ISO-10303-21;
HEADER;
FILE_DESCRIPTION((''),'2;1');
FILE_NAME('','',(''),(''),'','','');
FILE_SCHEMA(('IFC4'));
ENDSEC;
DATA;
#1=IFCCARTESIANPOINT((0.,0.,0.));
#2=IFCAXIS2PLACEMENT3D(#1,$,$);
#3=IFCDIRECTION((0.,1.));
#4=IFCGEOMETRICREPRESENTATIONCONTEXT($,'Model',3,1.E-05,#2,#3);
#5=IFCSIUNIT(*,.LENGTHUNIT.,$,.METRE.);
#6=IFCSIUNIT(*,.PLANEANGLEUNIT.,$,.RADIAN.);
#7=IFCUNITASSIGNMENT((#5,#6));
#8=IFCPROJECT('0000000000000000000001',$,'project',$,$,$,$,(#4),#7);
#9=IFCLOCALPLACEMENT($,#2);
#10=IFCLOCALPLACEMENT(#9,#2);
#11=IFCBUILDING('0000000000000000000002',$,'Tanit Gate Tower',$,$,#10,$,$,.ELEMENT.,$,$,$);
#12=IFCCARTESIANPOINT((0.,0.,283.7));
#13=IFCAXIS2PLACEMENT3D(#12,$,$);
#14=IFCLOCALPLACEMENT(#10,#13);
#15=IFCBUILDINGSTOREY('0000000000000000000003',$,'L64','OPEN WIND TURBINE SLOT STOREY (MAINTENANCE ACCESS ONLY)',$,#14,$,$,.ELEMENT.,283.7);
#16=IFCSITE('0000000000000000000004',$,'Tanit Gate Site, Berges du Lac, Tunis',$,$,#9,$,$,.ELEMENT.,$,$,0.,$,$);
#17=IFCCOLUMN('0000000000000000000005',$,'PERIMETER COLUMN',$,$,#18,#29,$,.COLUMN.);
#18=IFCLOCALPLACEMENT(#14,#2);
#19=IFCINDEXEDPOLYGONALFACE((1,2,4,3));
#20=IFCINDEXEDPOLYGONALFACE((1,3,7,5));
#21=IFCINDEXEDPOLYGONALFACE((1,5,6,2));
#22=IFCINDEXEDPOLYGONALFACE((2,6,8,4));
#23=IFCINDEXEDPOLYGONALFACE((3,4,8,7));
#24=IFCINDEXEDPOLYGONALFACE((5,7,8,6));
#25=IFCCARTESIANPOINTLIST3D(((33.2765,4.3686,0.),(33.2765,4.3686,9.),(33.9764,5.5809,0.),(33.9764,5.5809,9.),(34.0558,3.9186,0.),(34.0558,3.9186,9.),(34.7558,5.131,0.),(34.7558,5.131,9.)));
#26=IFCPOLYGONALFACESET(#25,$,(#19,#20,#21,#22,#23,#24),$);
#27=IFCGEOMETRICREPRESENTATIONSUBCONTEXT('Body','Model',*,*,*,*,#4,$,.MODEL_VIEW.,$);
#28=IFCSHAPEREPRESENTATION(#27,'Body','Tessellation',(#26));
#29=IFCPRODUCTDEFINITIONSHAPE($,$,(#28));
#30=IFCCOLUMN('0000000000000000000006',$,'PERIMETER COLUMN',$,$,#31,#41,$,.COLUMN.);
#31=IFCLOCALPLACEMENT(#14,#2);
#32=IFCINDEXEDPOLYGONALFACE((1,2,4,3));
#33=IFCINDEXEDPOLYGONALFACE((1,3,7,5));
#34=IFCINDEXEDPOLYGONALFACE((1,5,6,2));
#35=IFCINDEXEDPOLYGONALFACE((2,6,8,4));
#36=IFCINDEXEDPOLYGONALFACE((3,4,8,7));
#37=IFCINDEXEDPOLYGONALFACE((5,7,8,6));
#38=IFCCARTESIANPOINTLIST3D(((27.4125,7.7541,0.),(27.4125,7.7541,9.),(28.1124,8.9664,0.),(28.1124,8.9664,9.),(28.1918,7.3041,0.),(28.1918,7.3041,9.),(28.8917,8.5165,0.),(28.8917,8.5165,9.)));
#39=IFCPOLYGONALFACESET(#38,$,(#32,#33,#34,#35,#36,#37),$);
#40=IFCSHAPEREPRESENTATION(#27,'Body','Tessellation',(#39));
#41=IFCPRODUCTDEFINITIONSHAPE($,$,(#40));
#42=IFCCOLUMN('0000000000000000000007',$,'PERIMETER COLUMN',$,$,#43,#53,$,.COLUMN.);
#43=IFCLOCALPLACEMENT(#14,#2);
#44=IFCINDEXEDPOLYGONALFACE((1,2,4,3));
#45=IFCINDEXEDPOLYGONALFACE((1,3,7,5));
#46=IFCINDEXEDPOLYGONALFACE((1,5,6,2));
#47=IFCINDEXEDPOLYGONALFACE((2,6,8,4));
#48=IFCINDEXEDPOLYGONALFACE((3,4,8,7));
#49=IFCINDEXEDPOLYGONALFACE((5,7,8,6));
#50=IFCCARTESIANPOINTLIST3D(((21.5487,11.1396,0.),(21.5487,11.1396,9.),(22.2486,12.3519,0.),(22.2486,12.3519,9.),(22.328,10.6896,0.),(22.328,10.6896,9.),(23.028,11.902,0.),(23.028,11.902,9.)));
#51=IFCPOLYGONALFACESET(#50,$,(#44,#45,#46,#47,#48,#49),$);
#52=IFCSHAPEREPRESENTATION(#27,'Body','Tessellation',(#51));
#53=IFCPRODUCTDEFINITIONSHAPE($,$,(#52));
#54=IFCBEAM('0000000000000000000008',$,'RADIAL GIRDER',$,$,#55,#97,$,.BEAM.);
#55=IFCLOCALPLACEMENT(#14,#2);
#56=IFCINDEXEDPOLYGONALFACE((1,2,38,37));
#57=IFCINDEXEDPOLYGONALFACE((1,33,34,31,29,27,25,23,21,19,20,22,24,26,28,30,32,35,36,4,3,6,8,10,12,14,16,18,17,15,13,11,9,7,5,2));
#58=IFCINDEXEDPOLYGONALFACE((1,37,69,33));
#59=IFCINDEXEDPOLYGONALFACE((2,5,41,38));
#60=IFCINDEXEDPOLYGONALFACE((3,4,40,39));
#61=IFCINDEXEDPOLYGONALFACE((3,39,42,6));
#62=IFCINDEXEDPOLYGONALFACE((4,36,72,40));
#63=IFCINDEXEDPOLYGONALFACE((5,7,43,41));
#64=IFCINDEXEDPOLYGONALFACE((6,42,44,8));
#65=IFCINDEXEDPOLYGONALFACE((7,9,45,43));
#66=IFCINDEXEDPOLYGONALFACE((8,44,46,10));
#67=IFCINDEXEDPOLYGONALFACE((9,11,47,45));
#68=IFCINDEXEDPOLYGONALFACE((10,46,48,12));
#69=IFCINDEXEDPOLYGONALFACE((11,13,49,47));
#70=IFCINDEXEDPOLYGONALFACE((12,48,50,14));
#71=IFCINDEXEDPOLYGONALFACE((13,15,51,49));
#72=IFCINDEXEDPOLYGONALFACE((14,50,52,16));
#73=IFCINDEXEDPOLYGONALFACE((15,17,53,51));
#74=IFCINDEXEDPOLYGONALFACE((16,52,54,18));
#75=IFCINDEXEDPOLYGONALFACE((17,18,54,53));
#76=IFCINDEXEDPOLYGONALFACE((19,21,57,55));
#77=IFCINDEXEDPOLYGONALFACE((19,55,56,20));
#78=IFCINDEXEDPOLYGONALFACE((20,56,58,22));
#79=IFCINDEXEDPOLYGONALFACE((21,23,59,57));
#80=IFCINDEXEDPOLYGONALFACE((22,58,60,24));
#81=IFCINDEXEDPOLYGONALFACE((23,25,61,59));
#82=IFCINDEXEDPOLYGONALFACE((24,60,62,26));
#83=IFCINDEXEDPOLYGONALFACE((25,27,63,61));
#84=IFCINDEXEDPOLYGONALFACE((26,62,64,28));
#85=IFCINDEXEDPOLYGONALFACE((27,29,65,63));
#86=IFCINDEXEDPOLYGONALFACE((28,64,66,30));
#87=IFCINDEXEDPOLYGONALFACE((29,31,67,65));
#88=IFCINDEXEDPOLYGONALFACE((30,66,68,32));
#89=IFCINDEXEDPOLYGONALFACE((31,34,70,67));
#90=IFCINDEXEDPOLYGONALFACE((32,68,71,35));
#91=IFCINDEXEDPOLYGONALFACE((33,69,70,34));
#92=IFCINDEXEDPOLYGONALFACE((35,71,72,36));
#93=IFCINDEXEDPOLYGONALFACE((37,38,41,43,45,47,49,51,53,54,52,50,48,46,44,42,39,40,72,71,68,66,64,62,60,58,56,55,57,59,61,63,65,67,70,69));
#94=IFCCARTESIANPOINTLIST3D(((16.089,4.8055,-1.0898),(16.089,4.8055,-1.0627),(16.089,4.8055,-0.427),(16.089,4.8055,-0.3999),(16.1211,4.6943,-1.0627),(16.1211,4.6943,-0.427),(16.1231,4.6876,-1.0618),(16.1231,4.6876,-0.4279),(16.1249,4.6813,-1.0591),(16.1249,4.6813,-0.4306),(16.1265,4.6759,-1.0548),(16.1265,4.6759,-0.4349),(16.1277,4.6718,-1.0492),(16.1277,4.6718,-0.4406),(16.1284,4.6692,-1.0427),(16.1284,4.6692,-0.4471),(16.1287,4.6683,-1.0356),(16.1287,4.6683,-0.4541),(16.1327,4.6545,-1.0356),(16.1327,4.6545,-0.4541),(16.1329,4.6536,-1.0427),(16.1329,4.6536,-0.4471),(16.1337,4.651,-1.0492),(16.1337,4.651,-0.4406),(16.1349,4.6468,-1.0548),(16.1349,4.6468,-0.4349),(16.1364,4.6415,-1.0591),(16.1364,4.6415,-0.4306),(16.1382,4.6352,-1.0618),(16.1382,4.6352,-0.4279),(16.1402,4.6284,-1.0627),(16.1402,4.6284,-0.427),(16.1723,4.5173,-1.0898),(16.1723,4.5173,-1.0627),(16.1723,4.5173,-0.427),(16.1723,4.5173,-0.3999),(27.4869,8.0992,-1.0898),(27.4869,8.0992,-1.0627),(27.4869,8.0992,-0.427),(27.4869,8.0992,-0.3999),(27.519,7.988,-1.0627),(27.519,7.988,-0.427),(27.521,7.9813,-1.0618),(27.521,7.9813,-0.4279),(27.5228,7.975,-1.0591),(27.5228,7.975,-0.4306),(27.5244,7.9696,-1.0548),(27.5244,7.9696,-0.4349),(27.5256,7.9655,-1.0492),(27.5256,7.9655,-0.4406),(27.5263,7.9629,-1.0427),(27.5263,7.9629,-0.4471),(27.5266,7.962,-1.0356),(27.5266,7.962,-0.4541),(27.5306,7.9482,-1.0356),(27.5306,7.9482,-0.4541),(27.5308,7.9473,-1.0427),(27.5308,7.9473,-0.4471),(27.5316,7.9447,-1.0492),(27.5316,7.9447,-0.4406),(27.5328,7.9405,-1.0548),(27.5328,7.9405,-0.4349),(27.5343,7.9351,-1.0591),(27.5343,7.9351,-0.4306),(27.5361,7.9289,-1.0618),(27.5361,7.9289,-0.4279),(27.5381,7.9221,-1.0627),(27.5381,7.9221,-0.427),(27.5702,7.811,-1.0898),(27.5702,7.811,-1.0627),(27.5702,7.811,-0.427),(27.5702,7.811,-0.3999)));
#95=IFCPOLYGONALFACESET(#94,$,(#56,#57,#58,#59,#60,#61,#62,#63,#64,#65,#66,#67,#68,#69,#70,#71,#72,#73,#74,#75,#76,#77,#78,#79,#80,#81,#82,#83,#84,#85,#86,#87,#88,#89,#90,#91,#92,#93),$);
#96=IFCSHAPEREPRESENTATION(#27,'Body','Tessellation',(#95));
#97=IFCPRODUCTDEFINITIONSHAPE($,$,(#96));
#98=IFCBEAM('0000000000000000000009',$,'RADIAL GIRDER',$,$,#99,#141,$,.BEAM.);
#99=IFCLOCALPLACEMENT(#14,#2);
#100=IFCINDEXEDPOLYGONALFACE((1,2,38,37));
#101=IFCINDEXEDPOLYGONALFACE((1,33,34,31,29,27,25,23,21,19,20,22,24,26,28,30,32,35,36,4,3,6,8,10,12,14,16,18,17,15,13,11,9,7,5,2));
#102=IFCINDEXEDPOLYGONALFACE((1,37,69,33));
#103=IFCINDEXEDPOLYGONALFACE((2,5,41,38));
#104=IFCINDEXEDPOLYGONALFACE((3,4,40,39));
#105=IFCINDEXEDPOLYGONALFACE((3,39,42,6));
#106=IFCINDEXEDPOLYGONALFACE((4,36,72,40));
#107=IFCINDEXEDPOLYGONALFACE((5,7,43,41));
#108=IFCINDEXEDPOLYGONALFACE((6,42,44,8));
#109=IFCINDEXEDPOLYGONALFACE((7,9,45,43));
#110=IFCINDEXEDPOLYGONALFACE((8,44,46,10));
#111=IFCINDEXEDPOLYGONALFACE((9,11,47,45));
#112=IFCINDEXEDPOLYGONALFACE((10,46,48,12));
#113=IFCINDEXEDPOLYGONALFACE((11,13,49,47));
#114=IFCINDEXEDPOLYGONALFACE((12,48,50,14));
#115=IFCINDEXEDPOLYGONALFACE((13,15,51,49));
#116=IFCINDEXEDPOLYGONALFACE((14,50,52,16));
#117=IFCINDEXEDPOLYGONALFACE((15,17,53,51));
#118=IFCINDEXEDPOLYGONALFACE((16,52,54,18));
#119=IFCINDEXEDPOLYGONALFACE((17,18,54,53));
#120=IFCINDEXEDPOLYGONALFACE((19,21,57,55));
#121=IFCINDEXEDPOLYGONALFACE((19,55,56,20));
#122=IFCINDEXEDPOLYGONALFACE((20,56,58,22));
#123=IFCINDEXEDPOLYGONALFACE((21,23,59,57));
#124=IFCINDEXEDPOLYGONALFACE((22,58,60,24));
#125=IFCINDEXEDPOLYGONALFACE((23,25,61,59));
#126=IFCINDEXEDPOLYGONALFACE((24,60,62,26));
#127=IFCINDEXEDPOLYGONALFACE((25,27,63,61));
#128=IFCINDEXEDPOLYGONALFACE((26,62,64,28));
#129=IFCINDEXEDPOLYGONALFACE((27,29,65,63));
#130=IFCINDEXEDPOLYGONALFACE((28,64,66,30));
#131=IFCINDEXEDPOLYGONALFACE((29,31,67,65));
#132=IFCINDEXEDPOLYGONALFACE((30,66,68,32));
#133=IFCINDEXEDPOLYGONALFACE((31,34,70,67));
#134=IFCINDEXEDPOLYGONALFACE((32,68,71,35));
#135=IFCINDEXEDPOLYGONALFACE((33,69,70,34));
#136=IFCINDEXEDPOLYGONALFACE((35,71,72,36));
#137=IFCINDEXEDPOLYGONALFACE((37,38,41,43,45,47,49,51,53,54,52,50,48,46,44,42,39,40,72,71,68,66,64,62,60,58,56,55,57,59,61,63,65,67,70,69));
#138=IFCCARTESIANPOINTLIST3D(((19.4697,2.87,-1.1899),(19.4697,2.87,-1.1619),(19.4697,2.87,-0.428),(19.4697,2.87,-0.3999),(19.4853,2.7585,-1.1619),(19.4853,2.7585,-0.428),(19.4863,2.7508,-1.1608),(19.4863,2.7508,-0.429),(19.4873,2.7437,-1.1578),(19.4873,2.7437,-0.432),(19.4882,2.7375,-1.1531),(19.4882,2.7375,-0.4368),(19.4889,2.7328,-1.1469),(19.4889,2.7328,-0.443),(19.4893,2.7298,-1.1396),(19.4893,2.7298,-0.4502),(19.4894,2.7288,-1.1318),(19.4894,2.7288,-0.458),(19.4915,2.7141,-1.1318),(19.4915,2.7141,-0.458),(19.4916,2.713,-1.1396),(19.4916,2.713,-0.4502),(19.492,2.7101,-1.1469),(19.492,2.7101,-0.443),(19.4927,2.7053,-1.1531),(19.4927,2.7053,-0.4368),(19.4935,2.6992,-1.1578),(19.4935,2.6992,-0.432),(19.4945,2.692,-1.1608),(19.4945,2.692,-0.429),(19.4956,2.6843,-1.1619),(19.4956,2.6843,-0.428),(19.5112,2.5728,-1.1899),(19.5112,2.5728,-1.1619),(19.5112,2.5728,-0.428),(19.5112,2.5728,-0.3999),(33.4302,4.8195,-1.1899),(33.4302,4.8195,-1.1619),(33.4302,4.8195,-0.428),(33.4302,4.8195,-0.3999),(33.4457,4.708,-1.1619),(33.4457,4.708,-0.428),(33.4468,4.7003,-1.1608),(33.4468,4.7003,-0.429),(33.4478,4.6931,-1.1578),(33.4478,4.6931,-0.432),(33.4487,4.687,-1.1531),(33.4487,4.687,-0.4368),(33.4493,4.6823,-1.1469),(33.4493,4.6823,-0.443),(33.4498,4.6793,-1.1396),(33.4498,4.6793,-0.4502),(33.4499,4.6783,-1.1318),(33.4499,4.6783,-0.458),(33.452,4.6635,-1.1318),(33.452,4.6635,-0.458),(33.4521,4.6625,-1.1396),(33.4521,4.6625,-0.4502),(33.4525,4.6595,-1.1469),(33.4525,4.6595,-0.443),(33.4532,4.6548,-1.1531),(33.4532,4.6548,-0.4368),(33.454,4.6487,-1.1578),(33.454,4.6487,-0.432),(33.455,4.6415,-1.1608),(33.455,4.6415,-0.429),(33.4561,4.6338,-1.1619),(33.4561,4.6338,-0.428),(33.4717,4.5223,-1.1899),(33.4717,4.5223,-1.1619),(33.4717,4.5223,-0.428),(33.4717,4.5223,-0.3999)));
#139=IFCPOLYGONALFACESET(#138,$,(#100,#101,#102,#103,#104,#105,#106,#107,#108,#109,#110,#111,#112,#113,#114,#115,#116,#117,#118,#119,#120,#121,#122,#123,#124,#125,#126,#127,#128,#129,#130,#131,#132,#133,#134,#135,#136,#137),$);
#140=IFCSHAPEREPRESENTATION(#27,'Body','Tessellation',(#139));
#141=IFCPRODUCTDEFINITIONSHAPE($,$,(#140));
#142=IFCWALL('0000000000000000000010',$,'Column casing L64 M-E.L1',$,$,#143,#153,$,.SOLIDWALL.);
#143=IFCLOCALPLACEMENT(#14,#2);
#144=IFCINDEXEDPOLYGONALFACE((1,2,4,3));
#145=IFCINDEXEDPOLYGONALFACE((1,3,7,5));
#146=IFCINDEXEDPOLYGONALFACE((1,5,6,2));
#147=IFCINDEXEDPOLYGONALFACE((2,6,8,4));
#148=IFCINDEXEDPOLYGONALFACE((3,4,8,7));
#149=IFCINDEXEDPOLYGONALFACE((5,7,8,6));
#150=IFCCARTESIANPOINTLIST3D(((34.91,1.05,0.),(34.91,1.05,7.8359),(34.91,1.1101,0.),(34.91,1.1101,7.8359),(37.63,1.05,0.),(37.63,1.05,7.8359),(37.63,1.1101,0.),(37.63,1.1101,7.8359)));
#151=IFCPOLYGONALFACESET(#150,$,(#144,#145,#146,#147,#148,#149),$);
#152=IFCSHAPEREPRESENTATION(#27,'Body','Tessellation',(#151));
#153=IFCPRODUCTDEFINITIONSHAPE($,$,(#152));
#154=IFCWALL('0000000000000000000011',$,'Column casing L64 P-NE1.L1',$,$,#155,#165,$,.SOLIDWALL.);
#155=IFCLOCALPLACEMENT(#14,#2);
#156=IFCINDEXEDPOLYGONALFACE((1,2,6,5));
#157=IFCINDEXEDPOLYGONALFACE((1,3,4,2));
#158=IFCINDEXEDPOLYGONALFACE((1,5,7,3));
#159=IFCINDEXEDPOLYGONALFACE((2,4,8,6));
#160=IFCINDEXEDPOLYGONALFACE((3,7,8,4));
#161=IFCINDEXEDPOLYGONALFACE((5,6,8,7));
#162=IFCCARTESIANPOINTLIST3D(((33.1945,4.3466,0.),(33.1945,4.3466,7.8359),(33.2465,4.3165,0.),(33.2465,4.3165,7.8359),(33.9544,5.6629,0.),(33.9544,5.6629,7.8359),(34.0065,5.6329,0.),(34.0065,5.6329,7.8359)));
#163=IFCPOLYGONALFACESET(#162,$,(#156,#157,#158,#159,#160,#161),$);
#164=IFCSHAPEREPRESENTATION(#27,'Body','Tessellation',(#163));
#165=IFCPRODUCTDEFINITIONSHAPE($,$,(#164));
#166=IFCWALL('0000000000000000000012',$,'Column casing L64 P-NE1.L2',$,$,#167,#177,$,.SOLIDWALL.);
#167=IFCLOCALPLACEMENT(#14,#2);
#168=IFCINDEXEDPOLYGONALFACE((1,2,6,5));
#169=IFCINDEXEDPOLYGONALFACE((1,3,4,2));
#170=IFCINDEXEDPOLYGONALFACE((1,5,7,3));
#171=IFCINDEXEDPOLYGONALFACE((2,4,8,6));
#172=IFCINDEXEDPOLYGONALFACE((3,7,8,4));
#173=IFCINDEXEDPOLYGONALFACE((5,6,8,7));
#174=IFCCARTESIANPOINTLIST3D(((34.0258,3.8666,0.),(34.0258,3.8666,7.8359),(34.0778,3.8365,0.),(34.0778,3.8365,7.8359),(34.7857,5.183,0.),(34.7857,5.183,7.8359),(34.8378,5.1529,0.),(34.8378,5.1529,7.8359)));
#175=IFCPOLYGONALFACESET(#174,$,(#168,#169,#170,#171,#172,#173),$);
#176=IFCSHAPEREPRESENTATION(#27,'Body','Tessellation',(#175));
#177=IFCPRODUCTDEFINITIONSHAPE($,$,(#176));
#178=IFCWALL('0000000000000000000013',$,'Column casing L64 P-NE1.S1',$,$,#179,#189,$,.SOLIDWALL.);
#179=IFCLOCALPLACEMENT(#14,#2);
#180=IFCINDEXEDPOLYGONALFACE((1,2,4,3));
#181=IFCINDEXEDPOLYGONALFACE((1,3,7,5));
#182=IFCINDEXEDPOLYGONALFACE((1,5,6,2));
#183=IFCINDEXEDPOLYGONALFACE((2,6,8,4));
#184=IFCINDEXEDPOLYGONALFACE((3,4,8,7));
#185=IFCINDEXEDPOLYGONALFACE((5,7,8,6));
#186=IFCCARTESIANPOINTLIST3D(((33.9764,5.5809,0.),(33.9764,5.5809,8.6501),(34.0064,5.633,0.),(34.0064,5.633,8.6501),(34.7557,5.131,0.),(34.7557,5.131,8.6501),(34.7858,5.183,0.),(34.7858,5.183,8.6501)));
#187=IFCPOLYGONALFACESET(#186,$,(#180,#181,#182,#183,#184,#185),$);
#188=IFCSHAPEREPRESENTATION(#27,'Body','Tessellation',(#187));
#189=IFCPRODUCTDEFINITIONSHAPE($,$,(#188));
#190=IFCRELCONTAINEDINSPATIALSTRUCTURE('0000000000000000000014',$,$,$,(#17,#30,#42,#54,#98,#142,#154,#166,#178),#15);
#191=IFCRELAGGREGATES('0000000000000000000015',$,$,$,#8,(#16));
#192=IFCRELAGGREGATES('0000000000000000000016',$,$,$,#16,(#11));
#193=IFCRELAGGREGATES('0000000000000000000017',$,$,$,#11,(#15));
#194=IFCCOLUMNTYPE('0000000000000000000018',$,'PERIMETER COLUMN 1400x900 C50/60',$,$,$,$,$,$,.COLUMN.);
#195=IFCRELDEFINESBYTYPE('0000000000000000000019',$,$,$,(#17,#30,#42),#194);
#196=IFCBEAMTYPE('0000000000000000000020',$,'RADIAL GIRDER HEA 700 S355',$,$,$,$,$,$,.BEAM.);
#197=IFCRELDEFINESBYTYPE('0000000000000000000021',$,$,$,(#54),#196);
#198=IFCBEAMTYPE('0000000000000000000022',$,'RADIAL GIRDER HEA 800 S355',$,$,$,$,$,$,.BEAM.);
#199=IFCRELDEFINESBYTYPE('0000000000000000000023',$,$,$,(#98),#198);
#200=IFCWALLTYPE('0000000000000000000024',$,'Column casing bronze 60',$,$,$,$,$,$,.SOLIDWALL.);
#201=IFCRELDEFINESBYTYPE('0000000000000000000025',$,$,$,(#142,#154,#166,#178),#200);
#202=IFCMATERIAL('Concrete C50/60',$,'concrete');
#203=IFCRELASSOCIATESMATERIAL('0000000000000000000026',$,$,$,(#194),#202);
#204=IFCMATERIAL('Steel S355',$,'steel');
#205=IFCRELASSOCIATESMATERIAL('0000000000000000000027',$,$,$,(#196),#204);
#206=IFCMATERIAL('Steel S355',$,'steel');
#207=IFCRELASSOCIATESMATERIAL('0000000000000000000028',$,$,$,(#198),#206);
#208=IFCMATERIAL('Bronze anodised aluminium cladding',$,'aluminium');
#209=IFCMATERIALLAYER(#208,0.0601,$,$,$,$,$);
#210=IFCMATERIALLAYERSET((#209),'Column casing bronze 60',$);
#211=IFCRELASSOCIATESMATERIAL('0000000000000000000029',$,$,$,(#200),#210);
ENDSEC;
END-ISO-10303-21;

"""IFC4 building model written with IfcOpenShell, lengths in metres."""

from ifc_helpers import new_model, si_unit, direction, frame, frame_2d, origin, origin_2d, place, context, subcontext, project, spatial, rectangle, i_section, extrude, material, layer, layer_set, material_profile, profile_set, type_object, element, save


model = new_model("IFC4")

# Units and contexts
model_context = context("Model", 3, precision=1e-05, world=origin(), true_north=direction((0.0, 1.0)))
body_context = subcontext(model_context, "Body", "Model", "MODEL_VIEW")
ifc_project = project(units=[si_unit("LENGTHUNIT", "METRE"), si_unit("PLANEANGLEUNIT", "RADIAN")], contexts=[model_context])

# Site, building, storey
site_placement = place(None, origin())
site = spatial("IfcSite", under=ifc_project, at=site_placement, Name="Tanit Gate Site, Berges du Lac, Tunis", CompositionType="ELEMENT", RefElevation=0.0)
building_placement = place(site_placement, origin())
building = spatial("IfcBuilding", under=site, at=building_placement, Name="Tanit Gate Tower", CompositionType="ELEMENT")
storey_placement = place(building_placement, frame((0.0, 0.0, 283.7)))
storey = spatial("IfcBuildingStorey", under=building, at=storey_placement, Name="L64", Description="OPEN WIND TURBINE SLOT STOREY (MAINTENANCE ACCESS ONLY)", CompositionType="ELEMENT", Elevation=283.7)

# Columns
ifc_material_1 = material(Name="Concrete C50/60", Category="concrete")
ifc_material_profile_1 = material_profile(ifc_material_1, rectangle(XDim=1.3999, YDim=0.8999, at=origin_2d()), Name="RC 1400x900")
ifc_profile_set_1 = profile_set([ifc_material_profile_1], Name="Concrete C50/60")
column_type = type_object("IfcColumnType", Name="PERIMETER COLUMN 1400x900 C50/60", PredefinedType="COLUMN", material=ifc_profile_set_1)
for number, where, z_axis, x_axis, name in (
    (1, (34.0161, 4.7498, 0.0), (0.0, 0.0, 1.0), (0.5, 0.866025, 0.0), "PERIMETER COLUMN"),
    (2, (28.1521, 8.1353, 0.0), (0.0, 0.0, 1.0), (0.5, 0.866025, 0.0), "PERIMETER COLUMN"),
    (3, (22.2883, 11.5208, 0.0), (0.0, 0.0, 1.0), (0.5, 0.866025, 0.0), "PERIMETER COLUMN"),
):
    element("IfcColumn", number, at=place(storey_placement, frame(where, z_axis=z_axis, x_axis=x_axis)), inside=storey, type_object=column_type, Name=name, PredefinedType="COLUMN", context=body_context, shape_type="SweptSolid", body=[
        extrude(rectangle(XDim=1.3999, YDim=0.8999, at=origin_2d()), origin(), (0.0, 0.0, 1.0), 9.0),
    ])

# Beams
ifc_material_2 = material(Name="Steel S355", Category="steel")
ifc_material_profile_2 = material_profile(ifc_material_2, i_section(OverallWidth=0.3, OverallDepth=0.6899, WebThickness=0.0144, FlangeThickness=0.0271, FilletRadius=0.0271, at=origin_2d()), Name="HEA 700")
ifc_profile_set_2 = profile_set([ifc_material_profile_2], Name="Steel S355")
beam_type_1 = type_object("IfcBeamType", Name="RADIAL GIRDER HEA 700 S355", PredefinedType="BEAM", material=ifc_profile_set_2)
beam_1_placement = place(storey_placement, frame((27.5286, 7.9551, -0.7449), z_axis=(-0.960693, -0.277614, 0.0), x_axis=(0.277614, -0.960693, 0.0)))
element("IfcBeam", 4, at=beam_1_placement, inside=storey, type_object=beam_type_1, Name="RADIAL GIRDER", PredefinedType="BEAM", context=body_context, shape_type="SweptSolid", body=[
    extrude(i_section(OverallWidth=0.3, OverallDepth=0.6899, WebThickness=0.0144, FlangeThickness=0.0271, FilletRadius=0.0271, at=origin_2d()), origin(), (0.0, 0.0, 1.0), 11.8643),
])
ifc_material_3 = material(Name="Steel S355", Category="steel")
ifc_material_profile_3 = material_profile(ifc_material_3, i_section(OverallWidth=0.3, OverallDepth=0.79, WebThickness=0.0149, FlangeThickness=0.0281, FilletRadius=0.03, at=origin_2d()), Name="HEA 800")
ifc_profile_set_3 = profile_set([ifc_material_profile_3], Name="Steel S355")
beam_type_2 = type_object("IfcBeamType", Name="RADIAL GIRDER HEA 800 S355", PredefinedType="BEAM", material=ifc_profile_set_3)
beam_2_placement = place(storey_placement, frame((33.4509, 4.6709, -0.7949), z_axis=(-0.99039, -0.1383, 0.0), x_axis=(0.1383, -0.99039, 0.0)))
element("IfcBeam", 5, at=beam_2_placement, inside=storey, type_object=beam_type_2, Name="RADIAL GIRDER", PredefinedType="BEAM", context=body_context, shape_type="SweptSolid", body=[
    extrude(i_section(OverallWidth=0.3, OverallDepth=0.79, WebThickness=0.0149, FlangeThickness=0.0281, FilletRadius=0.03, at=origin_2d()), origin(), (0.0, 0.0, 1.0), 14.0959),
])

# Walls
ifc_material_4 = material(Name="Bronze anodised aluminium cladding", Category="aluminium")
ifc_layer_1 = layer(ifc_material_4, 0.0601)
ifc_layer_set_1 = layer_set([ifc_layer_1], Name="Column casing bronze 60")
wall_type_1 = type_object("IfcWallType", Name="Column casing bronze 60", PredefinedType="SOLIDWALL", material=ifc_layer_set_1)
wall_1_placement = place(storey_placement, frame((34.9102, 1.0801, 0.0), z_axis=(0.0, 0.0, 1.0), x_axis=(1.0, 0.0, 0.0)))
element("IfcWall", 6, at=wall_1_placement, inside=storey, type_object=wall_type_1, Name="Column casing L64 M-E.L1", PredefinedType="SOLIDWALL", context=body_context, shape_type="SweptSolid", body=[
    extrude(rectangle(XDim=2.72, YDim=0.0601, at=frame_2d((1.3599, 0.0))), origin(), (0.0, 0.0, 1.0), 7.8359),
])
for number, where, z_axis, x_axis, name in (
    (7, (33.2205, 4.3315, 0.0), (0.0, 0.0, 1.0), (0.499991, 0.86603, 0.0), "Column casing L64 P-NE1.L1"),
    (8, (34.0518, 3.8516, 0.0), (0.0, 0.0, 1.0), (0.499991, 0.86603, 0.0), "Column casing L64 P-NE1.L2"),
):
    element("IfcWall", number, at=place(storey_placement, frame(where, z_axis=z_axis, x_axis=x_axis)), inside=storey, type_object=wall_type_1, Name=name, PredefinedType="SOLIDWALL", context=body_context, shape_type="SweptSolid", body=[
        extrude(rectangle(XDim=1.52, YDim=0.0601, at=frame_2d((0.76, 0.0))), origin(), (0.0, 0.0, 1.0), 7.8359),
    ])
wall_2_placement = place(storey_placement, frame((34.7708, 5.157, 0.0), z_axis=(0.0, 0.0, 1.0), x_axis=(-0.866014, 0.50002, 0.0)))
element("IfcWall", 9, at=wall_2_placement, inside=storey, type_object=wall_type_1, Name="Column casing L64 P-NE1.S1", PredefinedType="SOLIDWALL", context=body_context, shape_type="SweptSolid", body=[
    extrude(rectangle(XDim=0.8999, YDim=0.0601, at=frame_2d((0.45, 0.0))), origin(), (0.0, 0.0, 1.0), 8.6501),
])

save(model, "model.ifc")
